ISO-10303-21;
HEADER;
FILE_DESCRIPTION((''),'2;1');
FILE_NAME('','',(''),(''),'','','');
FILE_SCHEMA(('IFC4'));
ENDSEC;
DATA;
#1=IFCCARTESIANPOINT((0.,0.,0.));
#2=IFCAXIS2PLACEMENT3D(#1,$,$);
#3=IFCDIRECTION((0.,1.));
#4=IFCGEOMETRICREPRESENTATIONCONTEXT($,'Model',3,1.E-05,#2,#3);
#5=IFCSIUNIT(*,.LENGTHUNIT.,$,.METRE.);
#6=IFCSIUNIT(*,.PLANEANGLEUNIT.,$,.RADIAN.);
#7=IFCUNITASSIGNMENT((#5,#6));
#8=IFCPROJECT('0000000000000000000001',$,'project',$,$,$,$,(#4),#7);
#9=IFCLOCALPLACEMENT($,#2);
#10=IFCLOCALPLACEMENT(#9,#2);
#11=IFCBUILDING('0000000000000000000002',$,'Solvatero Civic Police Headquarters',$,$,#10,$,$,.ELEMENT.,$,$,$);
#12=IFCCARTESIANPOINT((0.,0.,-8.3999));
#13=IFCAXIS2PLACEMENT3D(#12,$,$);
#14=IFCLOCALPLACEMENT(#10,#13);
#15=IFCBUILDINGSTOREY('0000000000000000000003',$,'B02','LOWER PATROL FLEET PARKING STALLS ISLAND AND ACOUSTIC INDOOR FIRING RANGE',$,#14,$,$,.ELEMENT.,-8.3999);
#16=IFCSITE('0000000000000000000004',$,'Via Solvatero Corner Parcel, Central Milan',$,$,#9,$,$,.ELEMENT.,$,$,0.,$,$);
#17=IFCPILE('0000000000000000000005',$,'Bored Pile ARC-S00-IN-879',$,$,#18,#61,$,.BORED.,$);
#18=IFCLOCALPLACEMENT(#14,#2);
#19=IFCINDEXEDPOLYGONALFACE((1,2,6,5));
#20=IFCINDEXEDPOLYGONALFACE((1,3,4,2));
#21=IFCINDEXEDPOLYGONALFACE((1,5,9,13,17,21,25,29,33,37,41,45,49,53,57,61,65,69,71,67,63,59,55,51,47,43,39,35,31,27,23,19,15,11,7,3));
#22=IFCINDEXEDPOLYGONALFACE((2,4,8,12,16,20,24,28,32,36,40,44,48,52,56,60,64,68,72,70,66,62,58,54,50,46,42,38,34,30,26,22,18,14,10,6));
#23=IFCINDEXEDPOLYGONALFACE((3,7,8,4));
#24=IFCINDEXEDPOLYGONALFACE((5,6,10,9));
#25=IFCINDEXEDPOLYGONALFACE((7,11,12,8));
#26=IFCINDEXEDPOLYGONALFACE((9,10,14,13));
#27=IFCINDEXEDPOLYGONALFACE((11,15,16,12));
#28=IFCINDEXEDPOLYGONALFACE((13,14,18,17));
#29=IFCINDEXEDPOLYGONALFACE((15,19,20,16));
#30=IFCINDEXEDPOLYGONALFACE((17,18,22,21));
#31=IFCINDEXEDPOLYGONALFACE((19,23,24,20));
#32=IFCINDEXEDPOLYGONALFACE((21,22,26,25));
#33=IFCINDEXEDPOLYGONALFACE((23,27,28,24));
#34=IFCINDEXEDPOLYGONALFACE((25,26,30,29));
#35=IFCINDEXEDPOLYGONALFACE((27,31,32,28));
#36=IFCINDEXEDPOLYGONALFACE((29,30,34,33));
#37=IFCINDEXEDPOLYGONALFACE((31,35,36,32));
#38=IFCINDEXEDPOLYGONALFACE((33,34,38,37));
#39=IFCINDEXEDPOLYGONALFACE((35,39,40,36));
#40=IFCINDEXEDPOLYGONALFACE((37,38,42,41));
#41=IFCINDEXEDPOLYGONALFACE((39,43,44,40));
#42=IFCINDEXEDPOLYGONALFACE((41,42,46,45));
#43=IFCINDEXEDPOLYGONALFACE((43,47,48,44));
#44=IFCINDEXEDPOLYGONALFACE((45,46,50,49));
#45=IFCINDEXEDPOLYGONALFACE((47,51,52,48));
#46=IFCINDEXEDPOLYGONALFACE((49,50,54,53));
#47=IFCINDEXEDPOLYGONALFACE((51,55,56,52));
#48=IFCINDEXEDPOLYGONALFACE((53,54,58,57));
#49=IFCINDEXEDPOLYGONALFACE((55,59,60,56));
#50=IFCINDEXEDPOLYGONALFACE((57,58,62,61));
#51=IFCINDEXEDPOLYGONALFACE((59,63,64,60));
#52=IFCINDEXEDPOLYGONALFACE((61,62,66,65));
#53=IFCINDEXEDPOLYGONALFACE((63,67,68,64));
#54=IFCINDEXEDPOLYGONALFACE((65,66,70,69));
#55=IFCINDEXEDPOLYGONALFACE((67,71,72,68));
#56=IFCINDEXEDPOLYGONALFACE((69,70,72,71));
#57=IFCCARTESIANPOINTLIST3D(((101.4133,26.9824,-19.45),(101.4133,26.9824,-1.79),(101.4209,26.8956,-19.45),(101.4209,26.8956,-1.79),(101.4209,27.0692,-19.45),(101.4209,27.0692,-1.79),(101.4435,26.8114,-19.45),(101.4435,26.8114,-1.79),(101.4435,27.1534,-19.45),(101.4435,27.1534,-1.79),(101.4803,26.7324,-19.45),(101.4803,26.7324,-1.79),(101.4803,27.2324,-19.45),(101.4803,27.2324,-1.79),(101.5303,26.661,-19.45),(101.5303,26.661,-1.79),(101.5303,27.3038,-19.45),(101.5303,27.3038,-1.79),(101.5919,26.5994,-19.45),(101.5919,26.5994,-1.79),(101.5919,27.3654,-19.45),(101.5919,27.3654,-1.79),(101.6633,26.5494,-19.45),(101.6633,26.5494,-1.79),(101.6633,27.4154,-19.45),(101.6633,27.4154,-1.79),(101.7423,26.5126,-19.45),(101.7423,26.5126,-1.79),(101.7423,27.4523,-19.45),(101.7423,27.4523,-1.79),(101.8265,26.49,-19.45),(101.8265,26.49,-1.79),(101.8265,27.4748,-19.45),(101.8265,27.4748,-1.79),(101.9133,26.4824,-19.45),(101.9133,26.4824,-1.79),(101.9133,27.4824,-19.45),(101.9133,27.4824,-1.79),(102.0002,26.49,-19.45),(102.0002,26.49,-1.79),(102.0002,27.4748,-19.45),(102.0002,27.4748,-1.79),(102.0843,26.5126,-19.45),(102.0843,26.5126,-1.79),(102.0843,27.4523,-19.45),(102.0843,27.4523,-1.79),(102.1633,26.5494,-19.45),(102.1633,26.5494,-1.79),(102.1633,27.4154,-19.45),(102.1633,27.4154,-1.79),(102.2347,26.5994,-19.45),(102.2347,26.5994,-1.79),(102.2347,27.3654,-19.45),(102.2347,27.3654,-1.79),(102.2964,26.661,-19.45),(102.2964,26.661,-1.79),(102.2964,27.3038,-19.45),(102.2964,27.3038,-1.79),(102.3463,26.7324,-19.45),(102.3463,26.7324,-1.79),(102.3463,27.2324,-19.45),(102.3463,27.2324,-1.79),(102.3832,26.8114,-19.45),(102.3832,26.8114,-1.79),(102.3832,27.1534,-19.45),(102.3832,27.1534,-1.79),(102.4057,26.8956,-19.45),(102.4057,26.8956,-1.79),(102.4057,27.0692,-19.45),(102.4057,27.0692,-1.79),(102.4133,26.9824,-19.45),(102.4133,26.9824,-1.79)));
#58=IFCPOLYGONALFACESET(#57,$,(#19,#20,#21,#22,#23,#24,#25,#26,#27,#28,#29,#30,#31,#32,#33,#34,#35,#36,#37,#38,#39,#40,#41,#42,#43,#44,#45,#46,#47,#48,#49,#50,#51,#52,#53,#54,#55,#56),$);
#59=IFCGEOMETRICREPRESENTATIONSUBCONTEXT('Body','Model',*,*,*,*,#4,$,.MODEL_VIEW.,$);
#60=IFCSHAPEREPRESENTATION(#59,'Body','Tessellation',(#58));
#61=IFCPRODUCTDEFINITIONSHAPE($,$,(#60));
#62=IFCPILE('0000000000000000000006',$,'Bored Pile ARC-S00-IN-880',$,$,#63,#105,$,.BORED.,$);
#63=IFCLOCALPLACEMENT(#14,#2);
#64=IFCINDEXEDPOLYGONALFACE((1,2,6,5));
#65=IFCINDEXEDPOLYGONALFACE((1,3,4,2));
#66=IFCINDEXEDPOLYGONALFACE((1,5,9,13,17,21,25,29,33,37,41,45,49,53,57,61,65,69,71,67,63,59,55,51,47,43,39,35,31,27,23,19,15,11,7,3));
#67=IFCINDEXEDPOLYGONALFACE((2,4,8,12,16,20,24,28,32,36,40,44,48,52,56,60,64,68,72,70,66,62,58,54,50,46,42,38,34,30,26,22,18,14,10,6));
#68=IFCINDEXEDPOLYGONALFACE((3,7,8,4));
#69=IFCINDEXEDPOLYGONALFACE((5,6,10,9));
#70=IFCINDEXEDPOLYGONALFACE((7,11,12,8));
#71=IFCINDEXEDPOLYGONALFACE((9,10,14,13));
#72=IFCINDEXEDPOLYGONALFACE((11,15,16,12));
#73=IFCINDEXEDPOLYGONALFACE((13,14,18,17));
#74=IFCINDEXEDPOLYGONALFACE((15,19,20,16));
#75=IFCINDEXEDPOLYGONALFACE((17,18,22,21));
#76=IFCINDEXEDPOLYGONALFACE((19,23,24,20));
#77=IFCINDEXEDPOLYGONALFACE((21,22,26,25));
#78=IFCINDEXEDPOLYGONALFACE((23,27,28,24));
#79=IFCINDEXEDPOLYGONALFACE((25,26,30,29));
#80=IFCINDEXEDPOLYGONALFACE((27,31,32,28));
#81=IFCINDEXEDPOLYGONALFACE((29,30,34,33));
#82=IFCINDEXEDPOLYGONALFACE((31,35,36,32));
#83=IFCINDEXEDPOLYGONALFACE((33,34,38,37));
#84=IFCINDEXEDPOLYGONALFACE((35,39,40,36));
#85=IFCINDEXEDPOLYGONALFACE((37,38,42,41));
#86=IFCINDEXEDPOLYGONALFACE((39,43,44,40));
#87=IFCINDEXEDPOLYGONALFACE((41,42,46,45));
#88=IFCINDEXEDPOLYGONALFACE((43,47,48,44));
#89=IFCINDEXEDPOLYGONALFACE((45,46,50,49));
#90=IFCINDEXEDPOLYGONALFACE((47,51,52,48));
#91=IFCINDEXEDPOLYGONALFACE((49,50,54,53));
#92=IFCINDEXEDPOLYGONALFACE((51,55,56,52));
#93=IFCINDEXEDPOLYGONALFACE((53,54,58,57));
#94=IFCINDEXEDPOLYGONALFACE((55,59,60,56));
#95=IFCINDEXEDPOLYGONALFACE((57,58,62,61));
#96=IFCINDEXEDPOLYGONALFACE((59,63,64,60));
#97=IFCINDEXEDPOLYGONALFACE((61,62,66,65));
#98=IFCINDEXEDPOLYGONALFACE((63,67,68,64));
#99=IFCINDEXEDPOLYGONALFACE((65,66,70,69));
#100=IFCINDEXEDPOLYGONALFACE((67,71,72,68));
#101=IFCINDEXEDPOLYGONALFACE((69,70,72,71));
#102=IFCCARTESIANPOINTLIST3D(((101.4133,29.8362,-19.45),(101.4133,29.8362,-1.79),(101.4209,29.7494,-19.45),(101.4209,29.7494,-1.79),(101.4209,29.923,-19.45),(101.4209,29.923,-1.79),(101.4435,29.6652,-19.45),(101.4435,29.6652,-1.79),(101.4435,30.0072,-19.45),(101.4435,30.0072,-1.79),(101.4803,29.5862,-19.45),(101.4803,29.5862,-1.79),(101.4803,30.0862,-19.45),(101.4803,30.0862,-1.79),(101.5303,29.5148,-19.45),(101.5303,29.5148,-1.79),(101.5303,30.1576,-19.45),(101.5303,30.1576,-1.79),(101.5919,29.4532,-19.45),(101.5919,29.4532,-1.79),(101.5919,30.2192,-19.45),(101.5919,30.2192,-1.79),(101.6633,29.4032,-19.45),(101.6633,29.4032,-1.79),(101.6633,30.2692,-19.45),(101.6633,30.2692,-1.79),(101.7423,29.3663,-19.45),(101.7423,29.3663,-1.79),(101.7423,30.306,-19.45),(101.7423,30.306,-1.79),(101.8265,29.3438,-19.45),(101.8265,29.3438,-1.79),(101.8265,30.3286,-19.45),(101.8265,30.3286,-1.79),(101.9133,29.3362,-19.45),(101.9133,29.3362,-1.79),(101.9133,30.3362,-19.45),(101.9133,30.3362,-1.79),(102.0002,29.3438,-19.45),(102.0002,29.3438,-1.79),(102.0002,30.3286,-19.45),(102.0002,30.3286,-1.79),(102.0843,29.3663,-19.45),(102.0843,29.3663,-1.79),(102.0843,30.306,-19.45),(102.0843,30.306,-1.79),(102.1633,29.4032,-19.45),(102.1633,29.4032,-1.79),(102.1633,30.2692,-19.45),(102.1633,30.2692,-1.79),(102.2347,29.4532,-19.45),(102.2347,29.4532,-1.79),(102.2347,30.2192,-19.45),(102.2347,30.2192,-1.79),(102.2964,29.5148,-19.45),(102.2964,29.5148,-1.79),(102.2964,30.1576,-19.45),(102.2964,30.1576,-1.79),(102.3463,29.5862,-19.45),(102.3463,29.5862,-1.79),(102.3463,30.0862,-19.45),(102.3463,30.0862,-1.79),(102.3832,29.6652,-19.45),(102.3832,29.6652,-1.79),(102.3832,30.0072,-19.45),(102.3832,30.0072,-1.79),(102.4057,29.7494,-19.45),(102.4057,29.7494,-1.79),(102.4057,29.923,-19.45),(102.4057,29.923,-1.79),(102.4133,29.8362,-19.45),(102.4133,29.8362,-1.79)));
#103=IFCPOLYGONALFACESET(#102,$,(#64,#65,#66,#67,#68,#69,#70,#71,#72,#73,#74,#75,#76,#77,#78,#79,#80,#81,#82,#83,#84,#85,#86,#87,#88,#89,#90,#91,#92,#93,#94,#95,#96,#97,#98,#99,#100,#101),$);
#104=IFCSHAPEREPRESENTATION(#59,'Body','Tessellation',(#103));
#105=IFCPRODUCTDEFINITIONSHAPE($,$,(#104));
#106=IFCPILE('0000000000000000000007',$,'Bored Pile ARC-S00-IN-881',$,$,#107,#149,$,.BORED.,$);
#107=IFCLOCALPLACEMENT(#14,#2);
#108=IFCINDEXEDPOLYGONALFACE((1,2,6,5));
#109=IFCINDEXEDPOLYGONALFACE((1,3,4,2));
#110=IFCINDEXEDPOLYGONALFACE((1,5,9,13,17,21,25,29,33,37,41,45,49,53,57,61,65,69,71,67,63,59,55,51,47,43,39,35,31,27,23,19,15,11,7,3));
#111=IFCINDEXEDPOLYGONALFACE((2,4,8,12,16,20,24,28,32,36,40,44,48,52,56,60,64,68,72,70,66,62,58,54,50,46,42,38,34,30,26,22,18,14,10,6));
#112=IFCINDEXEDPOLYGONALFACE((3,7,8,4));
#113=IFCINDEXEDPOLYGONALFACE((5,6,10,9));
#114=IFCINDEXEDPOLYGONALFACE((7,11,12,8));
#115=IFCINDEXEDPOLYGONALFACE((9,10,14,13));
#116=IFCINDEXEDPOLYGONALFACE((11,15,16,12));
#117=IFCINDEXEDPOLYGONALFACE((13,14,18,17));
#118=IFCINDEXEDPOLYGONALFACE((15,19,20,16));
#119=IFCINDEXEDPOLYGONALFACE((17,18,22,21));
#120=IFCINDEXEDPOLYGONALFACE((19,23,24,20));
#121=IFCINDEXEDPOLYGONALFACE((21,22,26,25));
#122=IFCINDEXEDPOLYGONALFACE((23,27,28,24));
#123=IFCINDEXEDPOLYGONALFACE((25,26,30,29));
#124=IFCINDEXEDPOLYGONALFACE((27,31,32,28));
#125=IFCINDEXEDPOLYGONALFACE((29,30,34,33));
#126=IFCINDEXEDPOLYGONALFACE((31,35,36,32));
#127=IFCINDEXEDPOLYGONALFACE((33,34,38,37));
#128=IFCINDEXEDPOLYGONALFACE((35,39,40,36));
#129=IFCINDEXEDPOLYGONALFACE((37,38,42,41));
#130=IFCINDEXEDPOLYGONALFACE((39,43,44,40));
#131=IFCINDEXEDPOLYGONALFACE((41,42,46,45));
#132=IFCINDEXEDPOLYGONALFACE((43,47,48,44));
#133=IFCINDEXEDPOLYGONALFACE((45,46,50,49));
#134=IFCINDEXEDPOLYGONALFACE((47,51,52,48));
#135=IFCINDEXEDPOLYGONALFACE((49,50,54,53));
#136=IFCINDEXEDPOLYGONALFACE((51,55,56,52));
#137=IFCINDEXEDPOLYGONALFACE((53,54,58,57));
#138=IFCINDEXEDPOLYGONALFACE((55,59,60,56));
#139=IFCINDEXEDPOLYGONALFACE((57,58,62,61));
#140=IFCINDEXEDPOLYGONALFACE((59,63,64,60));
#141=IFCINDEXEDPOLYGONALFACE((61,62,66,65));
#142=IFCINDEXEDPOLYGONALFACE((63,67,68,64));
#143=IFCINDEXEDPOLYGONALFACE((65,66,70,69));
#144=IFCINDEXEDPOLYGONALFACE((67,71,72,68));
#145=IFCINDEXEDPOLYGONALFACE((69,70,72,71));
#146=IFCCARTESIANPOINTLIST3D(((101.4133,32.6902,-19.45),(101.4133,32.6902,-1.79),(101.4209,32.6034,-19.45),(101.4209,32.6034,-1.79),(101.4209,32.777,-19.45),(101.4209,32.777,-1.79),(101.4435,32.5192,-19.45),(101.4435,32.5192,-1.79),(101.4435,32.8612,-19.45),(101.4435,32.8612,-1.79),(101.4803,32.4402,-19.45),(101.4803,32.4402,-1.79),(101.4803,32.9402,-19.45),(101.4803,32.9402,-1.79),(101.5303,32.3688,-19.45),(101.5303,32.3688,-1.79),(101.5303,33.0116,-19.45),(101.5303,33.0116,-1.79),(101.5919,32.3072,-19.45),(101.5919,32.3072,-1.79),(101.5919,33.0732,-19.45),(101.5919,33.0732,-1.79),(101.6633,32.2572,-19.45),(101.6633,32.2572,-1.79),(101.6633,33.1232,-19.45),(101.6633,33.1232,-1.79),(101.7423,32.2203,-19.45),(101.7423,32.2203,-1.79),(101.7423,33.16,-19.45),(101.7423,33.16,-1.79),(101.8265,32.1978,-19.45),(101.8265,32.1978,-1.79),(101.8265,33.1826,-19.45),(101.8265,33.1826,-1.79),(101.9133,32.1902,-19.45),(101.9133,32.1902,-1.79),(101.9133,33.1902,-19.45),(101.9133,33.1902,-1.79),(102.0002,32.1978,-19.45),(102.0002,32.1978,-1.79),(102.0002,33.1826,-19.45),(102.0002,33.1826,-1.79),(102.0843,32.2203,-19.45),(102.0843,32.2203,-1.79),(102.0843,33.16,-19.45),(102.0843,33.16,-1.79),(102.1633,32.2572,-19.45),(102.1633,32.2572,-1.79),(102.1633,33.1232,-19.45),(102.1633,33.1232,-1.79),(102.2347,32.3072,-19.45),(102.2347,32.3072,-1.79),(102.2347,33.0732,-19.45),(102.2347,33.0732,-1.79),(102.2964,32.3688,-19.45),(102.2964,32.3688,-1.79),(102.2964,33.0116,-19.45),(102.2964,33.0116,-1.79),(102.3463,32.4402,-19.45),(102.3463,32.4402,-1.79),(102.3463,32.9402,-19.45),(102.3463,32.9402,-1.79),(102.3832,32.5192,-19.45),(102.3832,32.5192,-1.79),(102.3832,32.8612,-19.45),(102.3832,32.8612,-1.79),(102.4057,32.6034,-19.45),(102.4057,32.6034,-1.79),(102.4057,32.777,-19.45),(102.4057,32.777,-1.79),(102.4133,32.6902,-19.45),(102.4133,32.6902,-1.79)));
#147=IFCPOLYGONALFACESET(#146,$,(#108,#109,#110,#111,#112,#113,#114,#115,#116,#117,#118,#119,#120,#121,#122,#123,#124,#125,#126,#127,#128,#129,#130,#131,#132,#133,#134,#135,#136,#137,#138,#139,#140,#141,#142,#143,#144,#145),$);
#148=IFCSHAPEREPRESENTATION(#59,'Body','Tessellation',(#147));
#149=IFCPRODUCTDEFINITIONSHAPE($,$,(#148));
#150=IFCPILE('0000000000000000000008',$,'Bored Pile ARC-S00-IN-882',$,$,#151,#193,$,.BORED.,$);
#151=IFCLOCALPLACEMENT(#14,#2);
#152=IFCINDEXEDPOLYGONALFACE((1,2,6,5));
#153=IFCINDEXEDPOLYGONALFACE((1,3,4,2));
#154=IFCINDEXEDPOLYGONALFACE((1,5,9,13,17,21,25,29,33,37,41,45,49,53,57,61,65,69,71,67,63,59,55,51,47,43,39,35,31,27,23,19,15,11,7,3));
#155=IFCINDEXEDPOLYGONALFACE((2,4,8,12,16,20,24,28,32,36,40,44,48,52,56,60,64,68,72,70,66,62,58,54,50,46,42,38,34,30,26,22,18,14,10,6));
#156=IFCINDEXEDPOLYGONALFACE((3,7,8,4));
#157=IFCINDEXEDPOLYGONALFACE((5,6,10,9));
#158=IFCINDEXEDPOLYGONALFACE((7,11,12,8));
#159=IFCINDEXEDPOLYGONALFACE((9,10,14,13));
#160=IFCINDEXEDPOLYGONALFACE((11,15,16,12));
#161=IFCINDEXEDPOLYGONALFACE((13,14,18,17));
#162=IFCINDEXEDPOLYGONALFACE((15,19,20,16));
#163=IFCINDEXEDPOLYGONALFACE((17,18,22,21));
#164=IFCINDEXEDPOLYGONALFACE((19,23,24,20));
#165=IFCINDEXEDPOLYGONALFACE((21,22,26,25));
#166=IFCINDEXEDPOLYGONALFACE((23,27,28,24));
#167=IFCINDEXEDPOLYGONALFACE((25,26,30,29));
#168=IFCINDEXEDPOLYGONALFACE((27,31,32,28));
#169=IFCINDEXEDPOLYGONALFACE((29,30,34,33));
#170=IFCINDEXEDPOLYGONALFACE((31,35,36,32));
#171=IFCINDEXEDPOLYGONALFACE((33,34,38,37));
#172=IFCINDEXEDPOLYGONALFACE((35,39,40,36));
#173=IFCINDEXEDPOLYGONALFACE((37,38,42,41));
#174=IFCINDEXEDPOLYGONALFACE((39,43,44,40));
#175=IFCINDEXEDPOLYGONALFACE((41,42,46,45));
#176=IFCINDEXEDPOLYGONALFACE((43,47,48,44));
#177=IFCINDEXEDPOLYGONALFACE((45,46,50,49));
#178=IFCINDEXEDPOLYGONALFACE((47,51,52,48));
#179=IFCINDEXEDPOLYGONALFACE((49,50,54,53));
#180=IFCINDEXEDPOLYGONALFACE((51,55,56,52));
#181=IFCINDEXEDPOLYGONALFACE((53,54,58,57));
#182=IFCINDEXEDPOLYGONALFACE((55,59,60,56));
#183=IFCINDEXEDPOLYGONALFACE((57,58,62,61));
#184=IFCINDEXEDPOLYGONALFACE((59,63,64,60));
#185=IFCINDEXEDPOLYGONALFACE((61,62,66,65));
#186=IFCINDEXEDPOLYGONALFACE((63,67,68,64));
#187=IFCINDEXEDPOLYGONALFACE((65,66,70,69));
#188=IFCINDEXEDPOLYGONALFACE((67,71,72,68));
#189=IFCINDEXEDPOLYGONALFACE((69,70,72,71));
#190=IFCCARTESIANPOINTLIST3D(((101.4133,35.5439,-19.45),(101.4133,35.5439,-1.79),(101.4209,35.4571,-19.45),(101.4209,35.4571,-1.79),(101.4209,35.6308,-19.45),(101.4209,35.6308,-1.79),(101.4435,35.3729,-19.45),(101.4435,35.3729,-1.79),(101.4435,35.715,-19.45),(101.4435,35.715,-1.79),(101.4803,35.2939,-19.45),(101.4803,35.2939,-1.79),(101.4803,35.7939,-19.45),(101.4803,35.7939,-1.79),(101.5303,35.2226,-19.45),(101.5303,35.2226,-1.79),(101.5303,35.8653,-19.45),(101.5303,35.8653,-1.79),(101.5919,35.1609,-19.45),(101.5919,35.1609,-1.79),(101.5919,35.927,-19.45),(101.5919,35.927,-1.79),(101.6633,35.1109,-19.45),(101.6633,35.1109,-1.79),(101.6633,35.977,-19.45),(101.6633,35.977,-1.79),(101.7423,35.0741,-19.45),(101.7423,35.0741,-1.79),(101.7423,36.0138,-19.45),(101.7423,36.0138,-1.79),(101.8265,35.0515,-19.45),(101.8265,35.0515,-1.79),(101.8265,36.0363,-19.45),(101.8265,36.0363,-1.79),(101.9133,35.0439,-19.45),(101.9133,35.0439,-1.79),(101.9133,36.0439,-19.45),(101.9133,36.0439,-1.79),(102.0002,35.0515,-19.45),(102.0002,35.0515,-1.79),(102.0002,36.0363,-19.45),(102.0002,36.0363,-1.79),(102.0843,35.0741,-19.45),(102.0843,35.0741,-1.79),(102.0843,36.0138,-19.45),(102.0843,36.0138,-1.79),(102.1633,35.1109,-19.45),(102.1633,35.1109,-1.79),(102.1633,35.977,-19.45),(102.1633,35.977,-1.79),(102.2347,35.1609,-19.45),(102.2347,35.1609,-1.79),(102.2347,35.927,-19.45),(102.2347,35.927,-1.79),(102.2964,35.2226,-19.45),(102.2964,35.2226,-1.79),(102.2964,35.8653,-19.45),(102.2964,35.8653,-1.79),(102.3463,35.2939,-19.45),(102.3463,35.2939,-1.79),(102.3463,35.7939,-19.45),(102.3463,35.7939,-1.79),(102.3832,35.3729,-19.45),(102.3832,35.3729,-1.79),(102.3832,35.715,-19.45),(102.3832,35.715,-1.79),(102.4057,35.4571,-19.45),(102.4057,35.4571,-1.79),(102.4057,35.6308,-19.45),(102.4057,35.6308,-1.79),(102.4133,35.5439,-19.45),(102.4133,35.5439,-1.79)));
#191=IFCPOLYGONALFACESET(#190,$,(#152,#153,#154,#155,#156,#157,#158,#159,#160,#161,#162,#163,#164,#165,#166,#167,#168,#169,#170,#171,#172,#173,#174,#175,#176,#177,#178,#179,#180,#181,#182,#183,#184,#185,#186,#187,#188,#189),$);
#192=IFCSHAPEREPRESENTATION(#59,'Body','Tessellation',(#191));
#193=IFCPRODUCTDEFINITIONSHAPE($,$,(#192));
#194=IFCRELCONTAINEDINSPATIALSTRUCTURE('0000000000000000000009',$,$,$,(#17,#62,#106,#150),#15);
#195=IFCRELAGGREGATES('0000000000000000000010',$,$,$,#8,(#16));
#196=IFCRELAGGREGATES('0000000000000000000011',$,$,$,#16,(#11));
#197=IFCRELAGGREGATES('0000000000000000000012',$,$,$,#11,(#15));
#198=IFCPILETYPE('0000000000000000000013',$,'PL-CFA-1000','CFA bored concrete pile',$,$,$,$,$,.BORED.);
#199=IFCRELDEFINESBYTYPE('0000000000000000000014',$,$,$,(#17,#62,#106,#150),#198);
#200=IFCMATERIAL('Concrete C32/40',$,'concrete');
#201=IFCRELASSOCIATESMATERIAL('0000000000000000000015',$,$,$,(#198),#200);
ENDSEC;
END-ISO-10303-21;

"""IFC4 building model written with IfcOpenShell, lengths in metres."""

from ifc_helpers import new_model, si_unit, direction, frame, origin, origin_2d, place, context, subcontext, project, spatial, circle, extrude, material, material_profile, profile_set, type_object, element, save


model = new_model("IFC4")

# Units and contexts
model_context = context("Model", 3, precision=1e-05, world=origin(), true_north=direction((0.0, 1.0)))
body_context = subcontext(model_context, "Body", "Model", "MODEL_VIEW")
ifc_project = project(units=[si_unit("LENGTHUNIT", "METRE"), si_unit("PLANEANGLEUNIT", "RADIAN")], contexts=[model_context])

# Site, building, storey
site_placement = place(None, origin())
site = spatial("IfcSite", under=ifc_project, at=site_placement, Name="Via Solvatero Corner Parcel, Central Milan", CompositionType="ELEMENT", RefElevation=0.0)
building_placement = place(site_placement, origin())
building = spatial("IfcBuilding", under=site, at=building_placement, Name="Solvatero Civic Police Headquarters", CompositionType="ELEMENT")
storey_placement = place(building_placement, frame((0.0, 0.0, -8.3999)))
storey = spatial("IfcBuildingStorey", under=building, at=storey_placement, Name="B02", Description="LOWER PATROL FLEET PARKING STALLS ISLAND AND ACOUSTIC INDOOR FIRING RANGE", CompositionType="ELEMENT", Elevation=-8.3999)

# Piles
ifc_material_1 = material(Name="Concrete C32/40", Category="concrete")
ifc_material_profile_1 = material_profile(ifc_material_1, circle(Radius=0.5, at=origin_2d()), Name="CFA PILE D1000")
ifc_profile_set_1 = profile_set([ifc_material_profile_1], Name="Concrete C32/40")
pile_type = type_object("IfcPileType", Name="PL-CFA-1000", Description="CFA bored concrete pile", PredefinedType="BORED", material=ifc_profile_set_1)
for number, where, z_axis, x_axis, name in (
    (1, (101.9133, 26.9824, -1.79), (0.0, 0.0, -1.0), (1.0, 0.0, 0.0), "Bored Pile ARC-S00-IN-879"),
    (2, (101.9133, 29.8362, -1.79), (0.0, 0.0, -1.0), (1.0, 0.0, 0.0), "Bored Pile ARC-S00-IN-880"),
    (3, (101.9133, 32.6902, -1.79), (0.0, 0.0, -1.0), (1.0, 0.0, 0.0), "Bored Pile ARC-S00-IN-881"),
    (4, (101.9133, 35.5439, -1.79), (0.0, 0.0, -1.0), (1.0, 0.0, 0.0), "Bored Pile ARC-S00-IN-882"),
):
    element("IfcPile", number, at=place(storey_placement, frame(where, z_axis=z_axis, x_axis=x_axis)), inside=storey, type_object=pile_type, Name=name, PredefinedType="BORED", context=body_context, shape_type="SweptSolid", body=[
        extrude(circle(Radius=0.5, at=origin_2d()), origin(), (0.0, 0.0, 1.0), 17.6599),
    ])

save(model, "model.ifc")
